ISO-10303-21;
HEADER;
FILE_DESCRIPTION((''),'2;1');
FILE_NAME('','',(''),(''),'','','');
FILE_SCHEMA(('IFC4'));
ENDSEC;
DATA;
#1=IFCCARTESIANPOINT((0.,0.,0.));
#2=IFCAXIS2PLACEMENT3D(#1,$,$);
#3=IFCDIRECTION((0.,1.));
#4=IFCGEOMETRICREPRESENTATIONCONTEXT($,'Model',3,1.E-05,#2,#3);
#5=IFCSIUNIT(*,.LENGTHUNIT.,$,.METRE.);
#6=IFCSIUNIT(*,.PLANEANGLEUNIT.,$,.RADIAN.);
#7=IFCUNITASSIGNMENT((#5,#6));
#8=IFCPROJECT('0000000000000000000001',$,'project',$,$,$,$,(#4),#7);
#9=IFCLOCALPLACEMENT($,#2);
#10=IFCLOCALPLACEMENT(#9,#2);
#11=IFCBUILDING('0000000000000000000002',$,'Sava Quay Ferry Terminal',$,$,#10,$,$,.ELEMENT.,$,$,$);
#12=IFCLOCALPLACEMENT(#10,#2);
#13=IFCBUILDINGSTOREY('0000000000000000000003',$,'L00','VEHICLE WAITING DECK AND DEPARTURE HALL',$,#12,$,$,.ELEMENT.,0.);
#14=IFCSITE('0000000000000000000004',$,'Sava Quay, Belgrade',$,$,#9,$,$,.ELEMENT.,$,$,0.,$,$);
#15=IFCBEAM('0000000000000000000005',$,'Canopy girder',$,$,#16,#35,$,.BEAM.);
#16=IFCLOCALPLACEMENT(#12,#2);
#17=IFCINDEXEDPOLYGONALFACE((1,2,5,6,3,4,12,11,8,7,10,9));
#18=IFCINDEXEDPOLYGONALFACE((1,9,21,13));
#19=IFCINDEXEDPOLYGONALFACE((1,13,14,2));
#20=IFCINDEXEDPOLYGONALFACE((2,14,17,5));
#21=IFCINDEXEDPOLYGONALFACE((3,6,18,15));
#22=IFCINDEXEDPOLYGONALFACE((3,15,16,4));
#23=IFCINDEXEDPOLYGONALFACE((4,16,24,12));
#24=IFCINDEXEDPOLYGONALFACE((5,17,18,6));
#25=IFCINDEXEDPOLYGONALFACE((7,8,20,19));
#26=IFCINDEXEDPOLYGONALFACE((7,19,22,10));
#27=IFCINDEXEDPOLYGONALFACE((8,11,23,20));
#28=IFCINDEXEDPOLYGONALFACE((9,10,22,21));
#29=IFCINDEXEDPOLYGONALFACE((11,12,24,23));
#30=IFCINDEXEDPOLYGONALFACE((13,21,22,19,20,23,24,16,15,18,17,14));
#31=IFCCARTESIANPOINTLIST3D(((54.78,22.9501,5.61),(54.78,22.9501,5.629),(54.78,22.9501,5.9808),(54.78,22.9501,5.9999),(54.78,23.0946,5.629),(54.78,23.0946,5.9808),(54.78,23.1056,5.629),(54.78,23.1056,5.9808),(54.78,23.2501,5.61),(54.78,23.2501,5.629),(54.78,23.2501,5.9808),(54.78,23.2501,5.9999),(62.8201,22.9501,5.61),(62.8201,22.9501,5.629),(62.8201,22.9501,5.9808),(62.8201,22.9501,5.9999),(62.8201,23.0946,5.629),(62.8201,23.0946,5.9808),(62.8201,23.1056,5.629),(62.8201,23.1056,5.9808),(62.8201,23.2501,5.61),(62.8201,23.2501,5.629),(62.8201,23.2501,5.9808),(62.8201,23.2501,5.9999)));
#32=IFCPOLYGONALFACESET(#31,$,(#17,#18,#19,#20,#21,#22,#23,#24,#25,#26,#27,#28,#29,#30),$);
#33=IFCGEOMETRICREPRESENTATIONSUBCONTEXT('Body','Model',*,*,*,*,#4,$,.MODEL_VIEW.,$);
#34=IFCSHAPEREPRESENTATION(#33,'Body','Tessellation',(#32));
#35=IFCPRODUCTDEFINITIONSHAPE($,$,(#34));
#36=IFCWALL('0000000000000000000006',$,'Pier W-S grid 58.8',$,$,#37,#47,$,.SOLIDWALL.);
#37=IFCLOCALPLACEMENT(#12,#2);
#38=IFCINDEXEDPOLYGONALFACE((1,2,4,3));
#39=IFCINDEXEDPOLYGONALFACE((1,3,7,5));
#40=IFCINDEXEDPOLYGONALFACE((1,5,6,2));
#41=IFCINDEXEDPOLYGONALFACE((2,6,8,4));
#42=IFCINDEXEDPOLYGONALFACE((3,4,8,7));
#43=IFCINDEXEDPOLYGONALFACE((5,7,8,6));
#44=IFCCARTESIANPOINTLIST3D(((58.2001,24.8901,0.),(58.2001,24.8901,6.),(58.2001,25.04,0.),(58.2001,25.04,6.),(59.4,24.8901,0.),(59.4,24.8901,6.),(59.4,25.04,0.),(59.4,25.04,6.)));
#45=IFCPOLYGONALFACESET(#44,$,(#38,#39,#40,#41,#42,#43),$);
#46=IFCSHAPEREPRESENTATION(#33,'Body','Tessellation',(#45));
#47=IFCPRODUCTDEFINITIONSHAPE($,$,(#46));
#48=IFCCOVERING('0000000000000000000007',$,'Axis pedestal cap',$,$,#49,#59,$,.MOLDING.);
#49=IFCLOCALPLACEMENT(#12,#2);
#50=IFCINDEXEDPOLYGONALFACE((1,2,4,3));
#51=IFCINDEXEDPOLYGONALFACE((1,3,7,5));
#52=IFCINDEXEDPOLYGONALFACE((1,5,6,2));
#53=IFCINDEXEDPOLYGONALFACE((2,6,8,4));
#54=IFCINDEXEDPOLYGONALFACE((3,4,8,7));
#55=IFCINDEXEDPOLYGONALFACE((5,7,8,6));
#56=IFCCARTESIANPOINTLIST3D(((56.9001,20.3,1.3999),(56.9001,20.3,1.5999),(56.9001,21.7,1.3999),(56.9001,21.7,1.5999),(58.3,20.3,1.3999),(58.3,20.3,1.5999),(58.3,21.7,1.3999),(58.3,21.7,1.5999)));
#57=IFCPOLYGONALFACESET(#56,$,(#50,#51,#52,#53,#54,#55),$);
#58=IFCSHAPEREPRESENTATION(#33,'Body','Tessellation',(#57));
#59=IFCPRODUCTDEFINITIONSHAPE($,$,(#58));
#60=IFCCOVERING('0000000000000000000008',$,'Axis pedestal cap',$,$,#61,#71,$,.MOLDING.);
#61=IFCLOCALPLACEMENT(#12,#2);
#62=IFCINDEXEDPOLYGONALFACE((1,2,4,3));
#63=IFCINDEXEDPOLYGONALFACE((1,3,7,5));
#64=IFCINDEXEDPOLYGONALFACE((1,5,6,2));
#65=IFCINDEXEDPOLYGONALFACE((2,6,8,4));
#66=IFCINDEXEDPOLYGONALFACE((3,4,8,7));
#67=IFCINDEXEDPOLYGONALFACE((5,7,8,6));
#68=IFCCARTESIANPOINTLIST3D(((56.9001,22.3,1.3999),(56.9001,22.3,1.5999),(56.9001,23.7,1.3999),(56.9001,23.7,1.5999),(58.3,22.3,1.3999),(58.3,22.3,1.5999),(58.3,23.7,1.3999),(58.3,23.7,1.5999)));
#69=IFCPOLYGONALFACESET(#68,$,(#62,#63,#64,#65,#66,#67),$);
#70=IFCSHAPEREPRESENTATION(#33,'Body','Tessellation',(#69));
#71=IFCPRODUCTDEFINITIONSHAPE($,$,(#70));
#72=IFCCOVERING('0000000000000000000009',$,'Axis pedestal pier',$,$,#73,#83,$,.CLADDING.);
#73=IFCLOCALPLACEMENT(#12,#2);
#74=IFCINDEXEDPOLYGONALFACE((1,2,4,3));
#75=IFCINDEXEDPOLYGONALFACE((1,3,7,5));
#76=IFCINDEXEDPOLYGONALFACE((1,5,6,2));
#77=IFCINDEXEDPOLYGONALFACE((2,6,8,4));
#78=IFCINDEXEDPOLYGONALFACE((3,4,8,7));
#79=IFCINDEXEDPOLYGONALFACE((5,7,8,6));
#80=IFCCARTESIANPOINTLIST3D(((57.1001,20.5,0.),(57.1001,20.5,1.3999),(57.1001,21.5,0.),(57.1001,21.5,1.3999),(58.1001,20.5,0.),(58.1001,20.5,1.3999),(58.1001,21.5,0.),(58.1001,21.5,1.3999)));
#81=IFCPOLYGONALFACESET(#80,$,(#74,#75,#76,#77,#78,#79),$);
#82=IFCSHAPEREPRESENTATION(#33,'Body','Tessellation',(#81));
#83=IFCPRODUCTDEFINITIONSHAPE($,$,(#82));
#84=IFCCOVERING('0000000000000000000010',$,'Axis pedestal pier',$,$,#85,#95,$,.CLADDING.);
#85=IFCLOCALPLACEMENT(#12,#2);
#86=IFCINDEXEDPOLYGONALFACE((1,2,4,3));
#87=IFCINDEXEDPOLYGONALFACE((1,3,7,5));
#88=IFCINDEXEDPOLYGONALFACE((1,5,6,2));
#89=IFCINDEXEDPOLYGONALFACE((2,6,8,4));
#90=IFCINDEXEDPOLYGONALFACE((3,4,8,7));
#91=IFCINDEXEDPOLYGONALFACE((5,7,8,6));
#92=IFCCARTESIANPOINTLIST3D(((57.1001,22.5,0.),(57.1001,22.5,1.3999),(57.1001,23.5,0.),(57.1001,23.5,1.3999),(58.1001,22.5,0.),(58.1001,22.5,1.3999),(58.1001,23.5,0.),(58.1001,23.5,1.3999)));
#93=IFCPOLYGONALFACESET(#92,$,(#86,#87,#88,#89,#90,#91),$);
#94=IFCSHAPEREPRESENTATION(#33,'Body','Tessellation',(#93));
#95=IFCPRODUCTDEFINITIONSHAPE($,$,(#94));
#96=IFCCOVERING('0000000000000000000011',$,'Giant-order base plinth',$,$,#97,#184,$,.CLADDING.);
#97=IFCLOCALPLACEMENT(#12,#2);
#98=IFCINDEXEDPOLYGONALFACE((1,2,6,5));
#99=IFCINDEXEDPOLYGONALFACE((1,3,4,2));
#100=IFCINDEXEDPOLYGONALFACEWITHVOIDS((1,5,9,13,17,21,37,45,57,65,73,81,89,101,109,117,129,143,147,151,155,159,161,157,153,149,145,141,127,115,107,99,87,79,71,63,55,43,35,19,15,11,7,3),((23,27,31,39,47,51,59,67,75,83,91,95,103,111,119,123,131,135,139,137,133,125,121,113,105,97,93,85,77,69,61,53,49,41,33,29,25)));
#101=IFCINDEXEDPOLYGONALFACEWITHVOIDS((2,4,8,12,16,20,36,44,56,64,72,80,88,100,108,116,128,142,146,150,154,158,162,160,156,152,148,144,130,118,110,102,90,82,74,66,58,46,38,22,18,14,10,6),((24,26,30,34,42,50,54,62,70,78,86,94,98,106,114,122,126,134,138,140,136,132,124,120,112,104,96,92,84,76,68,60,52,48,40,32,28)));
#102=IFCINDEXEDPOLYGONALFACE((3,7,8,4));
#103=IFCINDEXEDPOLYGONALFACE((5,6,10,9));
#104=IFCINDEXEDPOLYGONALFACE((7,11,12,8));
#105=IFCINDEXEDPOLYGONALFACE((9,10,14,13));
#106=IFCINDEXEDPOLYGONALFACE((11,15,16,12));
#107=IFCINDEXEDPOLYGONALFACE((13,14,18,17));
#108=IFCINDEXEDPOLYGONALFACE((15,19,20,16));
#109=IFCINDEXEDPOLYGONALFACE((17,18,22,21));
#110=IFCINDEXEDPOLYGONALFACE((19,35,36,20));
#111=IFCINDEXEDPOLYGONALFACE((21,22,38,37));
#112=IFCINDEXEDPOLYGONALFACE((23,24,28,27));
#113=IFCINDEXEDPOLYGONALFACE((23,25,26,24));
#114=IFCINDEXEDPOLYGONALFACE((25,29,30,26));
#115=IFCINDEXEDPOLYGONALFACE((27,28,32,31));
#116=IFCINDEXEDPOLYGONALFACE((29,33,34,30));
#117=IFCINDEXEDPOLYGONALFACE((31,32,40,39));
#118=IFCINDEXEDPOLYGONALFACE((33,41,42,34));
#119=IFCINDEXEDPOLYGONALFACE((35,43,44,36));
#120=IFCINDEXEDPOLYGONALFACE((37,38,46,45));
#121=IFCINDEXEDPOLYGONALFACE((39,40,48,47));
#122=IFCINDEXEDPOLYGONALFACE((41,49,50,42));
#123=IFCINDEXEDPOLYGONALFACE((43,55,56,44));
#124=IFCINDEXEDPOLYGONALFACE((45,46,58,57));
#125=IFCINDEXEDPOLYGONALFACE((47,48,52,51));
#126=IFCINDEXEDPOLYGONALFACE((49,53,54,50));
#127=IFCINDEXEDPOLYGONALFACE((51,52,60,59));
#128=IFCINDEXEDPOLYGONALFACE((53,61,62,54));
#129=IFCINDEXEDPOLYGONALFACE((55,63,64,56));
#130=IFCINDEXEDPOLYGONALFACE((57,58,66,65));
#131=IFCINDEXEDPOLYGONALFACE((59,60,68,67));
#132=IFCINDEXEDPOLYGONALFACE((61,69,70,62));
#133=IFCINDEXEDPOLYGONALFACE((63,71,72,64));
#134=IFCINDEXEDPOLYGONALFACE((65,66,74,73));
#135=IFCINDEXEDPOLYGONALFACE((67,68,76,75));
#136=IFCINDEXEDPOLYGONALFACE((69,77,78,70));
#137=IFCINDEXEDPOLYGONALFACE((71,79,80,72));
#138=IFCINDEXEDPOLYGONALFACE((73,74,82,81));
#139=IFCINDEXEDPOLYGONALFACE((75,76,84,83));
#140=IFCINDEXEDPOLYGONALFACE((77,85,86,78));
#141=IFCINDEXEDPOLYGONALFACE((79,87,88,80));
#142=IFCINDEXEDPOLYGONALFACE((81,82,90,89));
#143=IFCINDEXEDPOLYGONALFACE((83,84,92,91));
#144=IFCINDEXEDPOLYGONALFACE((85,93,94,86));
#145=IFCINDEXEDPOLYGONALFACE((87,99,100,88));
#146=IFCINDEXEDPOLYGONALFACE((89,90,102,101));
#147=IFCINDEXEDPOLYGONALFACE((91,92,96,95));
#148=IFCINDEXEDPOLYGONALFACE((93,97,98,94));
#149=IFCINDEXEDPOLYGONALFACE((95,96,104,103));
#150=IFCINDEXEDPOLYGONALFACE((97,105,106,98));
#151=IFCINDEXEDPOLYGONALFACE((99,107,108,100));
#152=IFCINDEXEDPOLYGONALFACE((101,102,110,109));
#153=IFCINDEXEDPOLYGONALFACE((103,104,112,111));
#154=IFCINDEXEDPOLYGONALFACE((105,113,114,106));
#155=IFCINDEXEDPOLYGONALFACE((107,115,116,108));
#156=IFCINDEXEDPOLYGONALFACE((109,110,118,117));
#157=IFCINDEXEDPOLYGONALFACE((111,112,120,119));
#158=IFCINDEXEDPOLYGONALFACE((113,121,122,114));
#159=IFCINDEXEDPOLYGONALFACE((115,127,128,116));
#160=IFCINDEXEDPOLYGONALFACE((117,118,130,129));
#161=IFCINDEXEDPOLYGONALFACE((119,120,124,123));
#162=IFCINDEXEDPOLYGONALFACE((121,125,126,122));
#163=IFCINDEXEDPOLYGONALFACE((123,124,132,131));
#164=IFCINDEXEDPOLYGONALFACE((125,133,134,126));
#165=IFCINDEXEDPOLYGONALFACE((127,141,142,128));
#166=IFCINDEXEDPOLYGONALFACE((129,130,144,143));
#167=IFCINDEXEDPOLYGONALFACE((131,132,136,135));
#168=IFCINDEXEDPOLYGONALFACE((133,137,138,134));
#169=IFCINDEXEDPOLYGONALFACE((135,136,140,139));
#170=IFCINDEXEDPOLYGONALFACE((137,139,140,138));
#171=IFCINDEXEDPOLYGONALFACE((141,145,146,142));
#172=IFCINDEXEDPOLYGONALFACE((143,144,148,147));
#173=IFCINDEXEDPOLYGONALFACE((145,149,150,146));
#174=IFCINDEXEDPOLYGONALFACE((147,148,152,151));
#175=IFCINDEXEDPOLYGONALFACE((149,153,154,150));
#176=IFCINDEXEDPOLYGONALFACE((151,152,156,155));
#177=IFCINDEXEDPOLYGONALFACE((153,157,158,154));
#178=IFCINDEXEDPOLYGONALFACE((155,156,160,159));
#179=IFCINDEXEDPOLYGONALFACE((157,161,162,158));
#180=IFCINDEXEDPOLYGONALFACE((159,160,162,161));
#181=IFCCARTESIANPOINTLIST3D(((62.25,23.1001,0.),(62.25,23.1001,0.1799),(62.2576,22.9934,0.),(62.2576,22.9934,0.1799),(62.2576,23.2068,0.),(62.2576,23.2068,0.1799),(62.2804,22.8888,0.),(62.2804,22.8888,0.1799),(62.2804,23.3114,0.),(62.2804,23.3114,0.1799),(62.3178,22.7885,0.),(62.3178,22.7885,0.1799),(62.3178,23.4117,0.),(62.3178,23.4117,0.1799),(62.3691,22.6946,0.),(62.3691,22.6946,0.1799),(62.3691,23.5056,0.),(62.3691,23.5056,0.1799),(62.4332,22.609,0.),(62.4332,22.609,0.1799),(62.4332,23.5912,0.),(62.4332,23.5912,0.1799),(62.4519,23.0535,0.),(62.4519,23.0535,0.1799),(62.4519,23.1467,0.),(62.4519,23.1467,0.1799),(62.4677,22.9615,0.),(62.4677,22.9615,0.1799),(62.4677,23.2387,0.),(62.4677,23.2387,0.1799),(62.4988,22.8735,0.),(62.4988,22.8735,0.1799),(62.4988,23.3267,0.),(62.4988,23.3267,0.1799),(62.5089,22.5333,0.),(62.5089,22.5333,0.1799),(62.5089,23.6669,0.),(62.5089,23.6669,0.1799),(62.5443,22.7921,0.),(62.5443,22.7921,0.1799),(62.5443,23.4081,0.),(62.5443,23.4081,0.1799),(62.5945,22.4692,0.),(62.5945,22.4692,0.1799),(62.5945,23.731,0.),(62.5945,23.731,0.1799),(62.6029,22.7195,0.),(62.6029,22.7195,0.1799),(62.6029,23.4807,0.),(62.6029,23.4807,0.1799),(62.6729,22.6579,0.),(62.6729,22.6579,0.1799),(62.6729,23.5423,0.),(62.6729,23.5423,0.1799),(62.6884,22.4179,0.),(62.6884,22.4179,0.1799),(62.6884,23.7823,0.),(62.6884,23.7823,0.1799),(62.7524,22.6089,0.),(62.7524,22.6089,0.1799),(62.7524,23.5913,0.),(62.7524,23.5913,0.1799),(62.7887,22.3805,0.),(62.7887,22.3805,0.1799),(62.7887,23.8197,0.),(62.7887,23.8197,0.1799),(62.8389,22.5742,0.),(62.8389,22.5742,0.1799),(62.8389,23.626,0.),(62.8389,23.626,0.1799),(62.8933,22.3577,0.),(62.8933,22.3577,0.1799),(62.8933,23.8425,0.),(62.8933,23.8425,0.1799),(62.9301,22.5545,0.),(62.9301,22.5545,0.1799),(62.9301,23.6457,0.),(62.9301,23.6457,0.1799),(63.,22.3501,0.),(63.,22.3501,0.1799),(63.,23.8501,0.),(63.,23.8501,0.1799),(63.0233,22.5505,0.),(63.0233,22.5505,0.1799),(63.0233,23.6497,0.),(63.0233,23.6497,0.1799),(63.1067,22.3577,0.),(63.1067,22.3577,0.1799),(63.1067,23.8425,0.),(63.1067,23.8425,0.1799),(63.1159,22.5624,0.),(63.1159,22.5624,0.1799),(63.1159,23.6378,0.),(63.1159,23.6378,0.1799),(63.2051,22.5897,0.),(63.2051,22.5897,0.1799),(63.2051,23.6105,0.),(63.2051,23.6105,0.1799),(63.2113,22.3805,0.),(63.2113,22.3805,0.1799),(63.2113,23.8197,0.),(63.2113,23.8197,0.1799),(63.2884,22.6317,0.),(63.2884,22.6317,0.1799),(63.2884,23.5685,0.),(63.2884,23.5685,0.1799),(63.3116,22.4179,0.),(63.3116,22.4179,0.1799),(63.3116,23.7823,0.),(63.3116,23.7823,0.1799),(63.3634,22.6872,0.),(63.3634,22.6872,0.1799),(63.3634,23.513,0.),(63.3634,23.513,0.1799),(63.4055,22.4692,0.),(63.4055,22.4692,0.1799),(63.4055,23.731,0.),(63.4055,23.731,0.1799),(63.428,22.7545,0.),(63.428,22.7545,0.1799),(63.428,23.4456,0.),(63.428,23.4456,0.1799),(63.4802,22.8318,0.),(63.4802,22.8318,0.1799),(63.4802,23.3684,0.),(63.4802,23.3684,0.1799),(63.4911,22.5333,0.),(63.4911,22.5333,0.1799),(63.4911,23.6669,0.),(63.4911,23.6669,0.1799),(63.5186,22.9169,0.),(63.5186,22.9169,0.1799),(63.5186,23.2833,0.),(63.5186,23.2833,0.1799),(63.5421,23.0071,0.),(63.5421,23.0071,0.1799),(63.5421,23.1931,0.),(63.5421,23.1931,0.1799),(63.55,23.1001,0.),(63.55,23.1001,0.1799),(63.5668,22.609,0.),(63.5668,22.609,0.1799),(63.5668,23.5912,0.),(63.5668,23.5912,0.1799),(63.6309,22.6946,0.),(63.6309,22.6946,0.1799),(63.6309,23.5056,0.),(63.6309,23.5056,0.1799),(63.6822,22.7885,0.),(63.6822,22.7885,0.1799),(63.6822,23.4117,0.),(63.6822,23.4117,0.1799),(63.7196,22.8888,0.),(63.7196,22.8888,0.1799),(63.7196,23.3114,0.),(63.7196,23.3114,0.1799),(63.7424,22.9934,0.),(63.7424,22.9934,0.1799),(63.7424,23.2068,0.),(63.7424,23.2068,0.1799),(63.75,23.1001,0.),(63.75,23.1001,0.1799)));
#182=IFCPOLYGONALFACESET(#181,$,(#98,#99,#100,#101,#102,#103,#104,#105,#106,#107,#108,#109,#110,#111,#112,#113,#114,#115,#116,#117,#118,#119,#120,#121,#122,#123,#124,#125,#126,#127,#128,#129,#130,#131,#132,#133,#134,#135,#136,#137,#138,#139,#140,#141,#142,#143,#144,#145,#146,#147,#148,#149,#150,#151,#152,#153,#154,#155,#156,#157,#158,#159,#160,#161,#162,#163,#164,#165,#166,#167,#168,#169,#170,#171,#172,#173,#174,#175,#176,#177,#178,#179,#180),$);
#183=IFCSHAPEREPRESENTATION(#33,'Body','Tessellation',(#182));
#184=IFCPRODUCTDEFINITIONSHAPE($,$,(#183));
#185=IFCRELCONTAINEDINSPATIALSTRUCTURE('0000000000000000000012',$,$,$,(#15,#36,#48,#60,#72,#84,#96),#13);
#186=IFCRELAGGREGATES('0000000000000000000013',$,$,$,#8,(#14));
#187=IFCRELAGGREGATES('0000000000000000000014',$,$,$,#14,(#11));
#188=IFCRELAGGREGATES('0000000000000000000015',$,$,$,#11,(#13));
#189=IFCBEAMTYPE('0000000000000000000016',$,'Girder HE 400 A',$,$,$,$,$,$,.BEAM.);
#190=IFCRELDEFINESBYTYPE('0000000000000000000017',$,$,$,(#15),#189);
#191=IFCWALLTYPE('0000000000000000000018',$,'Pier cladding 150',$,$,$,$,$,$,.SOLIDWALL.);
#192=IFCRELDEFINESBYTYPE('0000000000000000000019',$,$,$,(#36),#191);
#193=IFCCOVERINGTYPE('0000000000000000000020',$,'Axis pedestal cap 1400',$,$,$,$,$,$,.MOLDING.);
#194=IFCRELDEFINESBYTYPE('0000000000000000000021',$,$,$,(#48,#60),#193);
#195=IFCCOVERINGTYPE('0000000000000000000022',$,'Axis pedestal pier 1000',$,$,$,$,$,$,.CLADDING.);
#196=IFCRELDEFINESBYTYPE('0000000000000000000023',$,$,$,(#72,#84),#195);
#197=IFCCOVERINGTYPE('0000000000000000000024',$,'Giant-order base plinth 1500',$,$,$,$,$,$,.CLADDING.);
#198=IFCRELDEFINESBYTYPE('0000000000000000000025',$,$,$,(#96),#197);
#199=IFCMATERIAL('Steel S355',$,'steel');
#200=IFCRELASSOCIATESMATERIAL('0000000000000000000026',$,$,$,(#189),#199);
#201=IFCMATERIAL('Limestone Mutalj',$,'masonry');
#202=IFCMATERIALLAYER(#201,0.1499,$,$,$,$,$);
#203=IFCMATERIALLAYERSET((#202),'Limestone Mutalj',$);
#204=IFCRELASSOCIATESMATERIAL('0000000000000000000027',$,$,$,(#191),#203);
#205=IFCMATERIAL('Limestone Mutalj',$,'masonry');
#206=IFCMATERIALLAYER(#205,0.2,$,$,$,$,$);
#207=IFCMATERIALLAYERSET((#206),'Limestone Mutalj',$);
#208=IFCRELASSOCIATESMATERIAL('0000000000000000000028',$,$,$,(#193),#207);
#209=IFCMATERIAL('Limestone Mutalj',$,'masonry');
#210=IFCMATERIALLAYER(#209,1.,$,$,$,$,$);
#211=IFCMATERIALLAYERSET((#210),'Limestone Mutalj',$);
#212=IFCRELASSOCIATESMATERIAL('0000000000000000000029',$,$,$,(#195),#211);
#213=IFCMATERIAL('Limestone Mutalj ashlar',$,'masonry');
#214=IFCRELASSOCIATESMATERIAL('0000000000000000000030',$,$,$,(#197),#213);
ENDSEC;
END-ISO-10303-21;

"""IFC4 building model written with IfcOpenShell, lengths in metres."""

from ifc_helpers import new_model, si_unit, direction, frame, frame_2d, origin, origin_2d, place, context, subcontext, project, spatial, rectangle, hollow_circle, i_section, extrude, material, layer, layer_set, material_profile, profile_set, type_object, element, save


model = new_model("IFC4")

# Units and contexts
model_context = context("Model", 3, precision=1e-05, world=origin(), true_north=direction((0.0, 1.0)))
body_context = subcontext(model_context, "Body", "Model", "MODEL_VIEW")
ifc_project = project(units=[si_unit("LENGTHUNIT", "METRE"), si_unit("PLANEANGLEUNIT", "RADIAN")], contexts=[model_context])

# Site, building, storey
site_placement = place(None, origin())
site = spatial("IfcSite", under=ifc_project, at=site_placement, Name="Sava Quay, Belgrade", CompositionType="ELEMENT", RefElevation=0.0)
building_placement = place(site_placement, origin())
building = spatial("IfcBuilding", under=site, at=building_placement, Name="Sava Quay Ferry Terminal", CompositionType="ELEMENT")
storey_placement = place(building_placement, origin())
storey = spatial("IfcBuildingStorey", under=building, at=storey_placement, Name="L00", Description="VEHICLE WAITING DECK AND DEPARTURE HALL", CompositionType="ELEMENT", Elevation=0.0)

# Beam
ifc_material_1 = material(Name="Steel S355", Category="steel")
ifc_material_profile_1 = material_profile(ifc_material_1, i_section(OverallWidth=0.3, OverallDepth=0.3899, WebThickness=0.011, FlangeThickness=0.019, at=origin_2d()), Name="HE 400 A")
ifc_profile_set_1 = profile_set([ifc_material_profile_1], Name="Steel S355")
beam_type = type_object("IfcBeamType", Name="Girder HE 400 A", PredefinedType="BEAM", material=ifc_profile_set_1)
beam_placement = place(storey_placement, frame((54.78, 23.1001, 5.8049), z_axis=(1.0, 0.0, 0.0), x_axis=(0.0, 1.0, 0.0)))
element("IfcBeam", 1, at=beam_placement, inside=storey, type_object=beam_type, Name="Canopy girder", PredefinedType="BEAM", context=body_context, shape_type="SweptSolid", body=[
    extrude(i_section(OverallWidth=0.3, OverallDepth=0.3899, WebThickness=0.011, FlangeThickness=0.019, at=origin_2d()), origin(), (0.0, 0.0, 1.0), 8.04),
])

# Wall
ifc_material_2 = material(Name="Limestone Mutalj", Category="masonry")
ifc_layer_1 = layer(ifc_material_2, 0.1499)
ifc_layer_set_1 = layer_set([ifc_layer_1], Name="Limestone Mutalj")
wall_type = type_object("IfcWallType", Name="Pier cladding 150", PredefinedType="SOLIDWALL", material=ifc_layer_set_1)
wall_placement = place(storey_placement, frame((58.2, 24.9651, 0.0), z_axis=(0.0, 0.0, 1.0), x_axis=(1.0, 0.0, 0.0)))
element("IfcWall", 2, at=wall_placement, inside=storey, type_object=wall_type, Name="Pier W-S grid 58.8", PredefinedType="SOLIDWALL", context=body_context, shape_type="SweptSolid", body=[
    extrude(rectangle(XDim=1.2, YDim=0.1499, at=frame_2d((0.6001, 0.0))), origin(), (0.0, 0.0, 1.0), 6.0),
])

# Coverings
ifc_material_3 = material(Name="Limestone Mutalj", Category="masonry")
ifc_layer_2 = layer(ifc_material_3, 0.2)
ifc_layer_set_2 = layer_set([ifc_layer_2], Name="Limestone Mutalj")
covering_type_1 = type_object("IfcCoveringType", Name="Axis pedestal cap 1400", PredefinedType="MOLDING", material=ifc_layer_set_2)
for number, where, z_axis, x_axis, name in (
    (3, (57.6001, 21.0, 1.3999), (0.0, 0.0, 1.0), (1.0, 0.0, 0.0), "Axis pedestal cap"),
    (4, (57.6001, 23.0, 1.3999), (0.0, 0.0, 1.0), (1.0, 0.0, 0.0), "Axis pedestal cap"),
):
    element("IfcCovering", number, at=place(storey_placement, frame(where, z_axis=z_axis, x_axis=x_axis)), inside=storey, type_object=covering_type_1, Name=name, PredefinedType="MOLDING", context=body_context, shape_type="SweptSolid", body=[
        extrude(rectangle(XDim=1.3999, YDim=1.3999, at=origin_2d()), origin(), (0.0, 0.0, 1.0), 0.2),
    ])
ifc_material_4 = material(Name="Limestone Mutalj", Category="masonry")
ifc_layer_3 = layer(ifc_material_4, 1.0)
ifc_layer_set_3 = layer_set([ifc_layer_3], Name="Limestone Mutalj")
covering_type_2 = type_object("IfcCoveringType", Name="Axis pedestal pier 1000", PredefinedType="CLADDING", material=ifc_layer_set_3)
for number, where, z_axis, x_axis, name in (
    (5, (57.6001, 21.0, 0.0), (0.0, 0.0, 1.0), (1.0, 0.0, 0.0), "Axis pedestal pier"),
    (6, (57.6001, 23.0, 0.0), (0.0, 0.0, 1.0), (1.0, 0.0, 0.0), "Axis pedestal pier"),
):
    element("IfcCovering", number, at=place(storey_placement, frame(where, z_axis=z_axis, x_axis=x_axis)), inside=storey, type_object=covering_type_2, Name=name, PredefinedType="CLADDING", context=body_context, shape_type="SweptSolid", body=[
        extrude(rectangle(XDim=1.0, YDim=1.0, at=origin_2d()), origin(), (0.0, 0.0, 1.0), 1.3999),
    ])
ifc_material_5 = material(Name="Limestone Mutalj ashlar", Category="masonry")
ifc_material_profile_2 = material_profile(ifc_material_5, hollow_circle(Radius=0.75, WallThickness=0.2, at=origin_2d()), Name="Base plinth 1500")
ifc_profile_set_2 = profile_set([ifc_material_profile_2], Name="Limestone Mutalj ashlar")
covering_type_3 = type_object("IfcCoveringType", Name="Giant-order base plinth 1500", PredefinedType="CLADDING", material=ifc_profile_set_2)
covering_1_placement = place(storey_placement, frame((63.0, 23.1001, 0.0), z_axis=(0.0, 0.0, 1.0), x_axis=(1.0, 0.0, 0.0)))
element("IfcCovering", 7, at=covering_1_placement, inside=storey, type_object=covering_type_3, Name="Giant-order base plinth", PredefinedType="CLADDING", context=body_context, shape_type="SweptSolid", body=[
    extrude(hollow_circle(Radius=0.75, WallThickness=0.2, at=origin_2d()), origin(), (0.0, 0.0, 1.0), 0.1799),
])

save(model, "model.ifc")
